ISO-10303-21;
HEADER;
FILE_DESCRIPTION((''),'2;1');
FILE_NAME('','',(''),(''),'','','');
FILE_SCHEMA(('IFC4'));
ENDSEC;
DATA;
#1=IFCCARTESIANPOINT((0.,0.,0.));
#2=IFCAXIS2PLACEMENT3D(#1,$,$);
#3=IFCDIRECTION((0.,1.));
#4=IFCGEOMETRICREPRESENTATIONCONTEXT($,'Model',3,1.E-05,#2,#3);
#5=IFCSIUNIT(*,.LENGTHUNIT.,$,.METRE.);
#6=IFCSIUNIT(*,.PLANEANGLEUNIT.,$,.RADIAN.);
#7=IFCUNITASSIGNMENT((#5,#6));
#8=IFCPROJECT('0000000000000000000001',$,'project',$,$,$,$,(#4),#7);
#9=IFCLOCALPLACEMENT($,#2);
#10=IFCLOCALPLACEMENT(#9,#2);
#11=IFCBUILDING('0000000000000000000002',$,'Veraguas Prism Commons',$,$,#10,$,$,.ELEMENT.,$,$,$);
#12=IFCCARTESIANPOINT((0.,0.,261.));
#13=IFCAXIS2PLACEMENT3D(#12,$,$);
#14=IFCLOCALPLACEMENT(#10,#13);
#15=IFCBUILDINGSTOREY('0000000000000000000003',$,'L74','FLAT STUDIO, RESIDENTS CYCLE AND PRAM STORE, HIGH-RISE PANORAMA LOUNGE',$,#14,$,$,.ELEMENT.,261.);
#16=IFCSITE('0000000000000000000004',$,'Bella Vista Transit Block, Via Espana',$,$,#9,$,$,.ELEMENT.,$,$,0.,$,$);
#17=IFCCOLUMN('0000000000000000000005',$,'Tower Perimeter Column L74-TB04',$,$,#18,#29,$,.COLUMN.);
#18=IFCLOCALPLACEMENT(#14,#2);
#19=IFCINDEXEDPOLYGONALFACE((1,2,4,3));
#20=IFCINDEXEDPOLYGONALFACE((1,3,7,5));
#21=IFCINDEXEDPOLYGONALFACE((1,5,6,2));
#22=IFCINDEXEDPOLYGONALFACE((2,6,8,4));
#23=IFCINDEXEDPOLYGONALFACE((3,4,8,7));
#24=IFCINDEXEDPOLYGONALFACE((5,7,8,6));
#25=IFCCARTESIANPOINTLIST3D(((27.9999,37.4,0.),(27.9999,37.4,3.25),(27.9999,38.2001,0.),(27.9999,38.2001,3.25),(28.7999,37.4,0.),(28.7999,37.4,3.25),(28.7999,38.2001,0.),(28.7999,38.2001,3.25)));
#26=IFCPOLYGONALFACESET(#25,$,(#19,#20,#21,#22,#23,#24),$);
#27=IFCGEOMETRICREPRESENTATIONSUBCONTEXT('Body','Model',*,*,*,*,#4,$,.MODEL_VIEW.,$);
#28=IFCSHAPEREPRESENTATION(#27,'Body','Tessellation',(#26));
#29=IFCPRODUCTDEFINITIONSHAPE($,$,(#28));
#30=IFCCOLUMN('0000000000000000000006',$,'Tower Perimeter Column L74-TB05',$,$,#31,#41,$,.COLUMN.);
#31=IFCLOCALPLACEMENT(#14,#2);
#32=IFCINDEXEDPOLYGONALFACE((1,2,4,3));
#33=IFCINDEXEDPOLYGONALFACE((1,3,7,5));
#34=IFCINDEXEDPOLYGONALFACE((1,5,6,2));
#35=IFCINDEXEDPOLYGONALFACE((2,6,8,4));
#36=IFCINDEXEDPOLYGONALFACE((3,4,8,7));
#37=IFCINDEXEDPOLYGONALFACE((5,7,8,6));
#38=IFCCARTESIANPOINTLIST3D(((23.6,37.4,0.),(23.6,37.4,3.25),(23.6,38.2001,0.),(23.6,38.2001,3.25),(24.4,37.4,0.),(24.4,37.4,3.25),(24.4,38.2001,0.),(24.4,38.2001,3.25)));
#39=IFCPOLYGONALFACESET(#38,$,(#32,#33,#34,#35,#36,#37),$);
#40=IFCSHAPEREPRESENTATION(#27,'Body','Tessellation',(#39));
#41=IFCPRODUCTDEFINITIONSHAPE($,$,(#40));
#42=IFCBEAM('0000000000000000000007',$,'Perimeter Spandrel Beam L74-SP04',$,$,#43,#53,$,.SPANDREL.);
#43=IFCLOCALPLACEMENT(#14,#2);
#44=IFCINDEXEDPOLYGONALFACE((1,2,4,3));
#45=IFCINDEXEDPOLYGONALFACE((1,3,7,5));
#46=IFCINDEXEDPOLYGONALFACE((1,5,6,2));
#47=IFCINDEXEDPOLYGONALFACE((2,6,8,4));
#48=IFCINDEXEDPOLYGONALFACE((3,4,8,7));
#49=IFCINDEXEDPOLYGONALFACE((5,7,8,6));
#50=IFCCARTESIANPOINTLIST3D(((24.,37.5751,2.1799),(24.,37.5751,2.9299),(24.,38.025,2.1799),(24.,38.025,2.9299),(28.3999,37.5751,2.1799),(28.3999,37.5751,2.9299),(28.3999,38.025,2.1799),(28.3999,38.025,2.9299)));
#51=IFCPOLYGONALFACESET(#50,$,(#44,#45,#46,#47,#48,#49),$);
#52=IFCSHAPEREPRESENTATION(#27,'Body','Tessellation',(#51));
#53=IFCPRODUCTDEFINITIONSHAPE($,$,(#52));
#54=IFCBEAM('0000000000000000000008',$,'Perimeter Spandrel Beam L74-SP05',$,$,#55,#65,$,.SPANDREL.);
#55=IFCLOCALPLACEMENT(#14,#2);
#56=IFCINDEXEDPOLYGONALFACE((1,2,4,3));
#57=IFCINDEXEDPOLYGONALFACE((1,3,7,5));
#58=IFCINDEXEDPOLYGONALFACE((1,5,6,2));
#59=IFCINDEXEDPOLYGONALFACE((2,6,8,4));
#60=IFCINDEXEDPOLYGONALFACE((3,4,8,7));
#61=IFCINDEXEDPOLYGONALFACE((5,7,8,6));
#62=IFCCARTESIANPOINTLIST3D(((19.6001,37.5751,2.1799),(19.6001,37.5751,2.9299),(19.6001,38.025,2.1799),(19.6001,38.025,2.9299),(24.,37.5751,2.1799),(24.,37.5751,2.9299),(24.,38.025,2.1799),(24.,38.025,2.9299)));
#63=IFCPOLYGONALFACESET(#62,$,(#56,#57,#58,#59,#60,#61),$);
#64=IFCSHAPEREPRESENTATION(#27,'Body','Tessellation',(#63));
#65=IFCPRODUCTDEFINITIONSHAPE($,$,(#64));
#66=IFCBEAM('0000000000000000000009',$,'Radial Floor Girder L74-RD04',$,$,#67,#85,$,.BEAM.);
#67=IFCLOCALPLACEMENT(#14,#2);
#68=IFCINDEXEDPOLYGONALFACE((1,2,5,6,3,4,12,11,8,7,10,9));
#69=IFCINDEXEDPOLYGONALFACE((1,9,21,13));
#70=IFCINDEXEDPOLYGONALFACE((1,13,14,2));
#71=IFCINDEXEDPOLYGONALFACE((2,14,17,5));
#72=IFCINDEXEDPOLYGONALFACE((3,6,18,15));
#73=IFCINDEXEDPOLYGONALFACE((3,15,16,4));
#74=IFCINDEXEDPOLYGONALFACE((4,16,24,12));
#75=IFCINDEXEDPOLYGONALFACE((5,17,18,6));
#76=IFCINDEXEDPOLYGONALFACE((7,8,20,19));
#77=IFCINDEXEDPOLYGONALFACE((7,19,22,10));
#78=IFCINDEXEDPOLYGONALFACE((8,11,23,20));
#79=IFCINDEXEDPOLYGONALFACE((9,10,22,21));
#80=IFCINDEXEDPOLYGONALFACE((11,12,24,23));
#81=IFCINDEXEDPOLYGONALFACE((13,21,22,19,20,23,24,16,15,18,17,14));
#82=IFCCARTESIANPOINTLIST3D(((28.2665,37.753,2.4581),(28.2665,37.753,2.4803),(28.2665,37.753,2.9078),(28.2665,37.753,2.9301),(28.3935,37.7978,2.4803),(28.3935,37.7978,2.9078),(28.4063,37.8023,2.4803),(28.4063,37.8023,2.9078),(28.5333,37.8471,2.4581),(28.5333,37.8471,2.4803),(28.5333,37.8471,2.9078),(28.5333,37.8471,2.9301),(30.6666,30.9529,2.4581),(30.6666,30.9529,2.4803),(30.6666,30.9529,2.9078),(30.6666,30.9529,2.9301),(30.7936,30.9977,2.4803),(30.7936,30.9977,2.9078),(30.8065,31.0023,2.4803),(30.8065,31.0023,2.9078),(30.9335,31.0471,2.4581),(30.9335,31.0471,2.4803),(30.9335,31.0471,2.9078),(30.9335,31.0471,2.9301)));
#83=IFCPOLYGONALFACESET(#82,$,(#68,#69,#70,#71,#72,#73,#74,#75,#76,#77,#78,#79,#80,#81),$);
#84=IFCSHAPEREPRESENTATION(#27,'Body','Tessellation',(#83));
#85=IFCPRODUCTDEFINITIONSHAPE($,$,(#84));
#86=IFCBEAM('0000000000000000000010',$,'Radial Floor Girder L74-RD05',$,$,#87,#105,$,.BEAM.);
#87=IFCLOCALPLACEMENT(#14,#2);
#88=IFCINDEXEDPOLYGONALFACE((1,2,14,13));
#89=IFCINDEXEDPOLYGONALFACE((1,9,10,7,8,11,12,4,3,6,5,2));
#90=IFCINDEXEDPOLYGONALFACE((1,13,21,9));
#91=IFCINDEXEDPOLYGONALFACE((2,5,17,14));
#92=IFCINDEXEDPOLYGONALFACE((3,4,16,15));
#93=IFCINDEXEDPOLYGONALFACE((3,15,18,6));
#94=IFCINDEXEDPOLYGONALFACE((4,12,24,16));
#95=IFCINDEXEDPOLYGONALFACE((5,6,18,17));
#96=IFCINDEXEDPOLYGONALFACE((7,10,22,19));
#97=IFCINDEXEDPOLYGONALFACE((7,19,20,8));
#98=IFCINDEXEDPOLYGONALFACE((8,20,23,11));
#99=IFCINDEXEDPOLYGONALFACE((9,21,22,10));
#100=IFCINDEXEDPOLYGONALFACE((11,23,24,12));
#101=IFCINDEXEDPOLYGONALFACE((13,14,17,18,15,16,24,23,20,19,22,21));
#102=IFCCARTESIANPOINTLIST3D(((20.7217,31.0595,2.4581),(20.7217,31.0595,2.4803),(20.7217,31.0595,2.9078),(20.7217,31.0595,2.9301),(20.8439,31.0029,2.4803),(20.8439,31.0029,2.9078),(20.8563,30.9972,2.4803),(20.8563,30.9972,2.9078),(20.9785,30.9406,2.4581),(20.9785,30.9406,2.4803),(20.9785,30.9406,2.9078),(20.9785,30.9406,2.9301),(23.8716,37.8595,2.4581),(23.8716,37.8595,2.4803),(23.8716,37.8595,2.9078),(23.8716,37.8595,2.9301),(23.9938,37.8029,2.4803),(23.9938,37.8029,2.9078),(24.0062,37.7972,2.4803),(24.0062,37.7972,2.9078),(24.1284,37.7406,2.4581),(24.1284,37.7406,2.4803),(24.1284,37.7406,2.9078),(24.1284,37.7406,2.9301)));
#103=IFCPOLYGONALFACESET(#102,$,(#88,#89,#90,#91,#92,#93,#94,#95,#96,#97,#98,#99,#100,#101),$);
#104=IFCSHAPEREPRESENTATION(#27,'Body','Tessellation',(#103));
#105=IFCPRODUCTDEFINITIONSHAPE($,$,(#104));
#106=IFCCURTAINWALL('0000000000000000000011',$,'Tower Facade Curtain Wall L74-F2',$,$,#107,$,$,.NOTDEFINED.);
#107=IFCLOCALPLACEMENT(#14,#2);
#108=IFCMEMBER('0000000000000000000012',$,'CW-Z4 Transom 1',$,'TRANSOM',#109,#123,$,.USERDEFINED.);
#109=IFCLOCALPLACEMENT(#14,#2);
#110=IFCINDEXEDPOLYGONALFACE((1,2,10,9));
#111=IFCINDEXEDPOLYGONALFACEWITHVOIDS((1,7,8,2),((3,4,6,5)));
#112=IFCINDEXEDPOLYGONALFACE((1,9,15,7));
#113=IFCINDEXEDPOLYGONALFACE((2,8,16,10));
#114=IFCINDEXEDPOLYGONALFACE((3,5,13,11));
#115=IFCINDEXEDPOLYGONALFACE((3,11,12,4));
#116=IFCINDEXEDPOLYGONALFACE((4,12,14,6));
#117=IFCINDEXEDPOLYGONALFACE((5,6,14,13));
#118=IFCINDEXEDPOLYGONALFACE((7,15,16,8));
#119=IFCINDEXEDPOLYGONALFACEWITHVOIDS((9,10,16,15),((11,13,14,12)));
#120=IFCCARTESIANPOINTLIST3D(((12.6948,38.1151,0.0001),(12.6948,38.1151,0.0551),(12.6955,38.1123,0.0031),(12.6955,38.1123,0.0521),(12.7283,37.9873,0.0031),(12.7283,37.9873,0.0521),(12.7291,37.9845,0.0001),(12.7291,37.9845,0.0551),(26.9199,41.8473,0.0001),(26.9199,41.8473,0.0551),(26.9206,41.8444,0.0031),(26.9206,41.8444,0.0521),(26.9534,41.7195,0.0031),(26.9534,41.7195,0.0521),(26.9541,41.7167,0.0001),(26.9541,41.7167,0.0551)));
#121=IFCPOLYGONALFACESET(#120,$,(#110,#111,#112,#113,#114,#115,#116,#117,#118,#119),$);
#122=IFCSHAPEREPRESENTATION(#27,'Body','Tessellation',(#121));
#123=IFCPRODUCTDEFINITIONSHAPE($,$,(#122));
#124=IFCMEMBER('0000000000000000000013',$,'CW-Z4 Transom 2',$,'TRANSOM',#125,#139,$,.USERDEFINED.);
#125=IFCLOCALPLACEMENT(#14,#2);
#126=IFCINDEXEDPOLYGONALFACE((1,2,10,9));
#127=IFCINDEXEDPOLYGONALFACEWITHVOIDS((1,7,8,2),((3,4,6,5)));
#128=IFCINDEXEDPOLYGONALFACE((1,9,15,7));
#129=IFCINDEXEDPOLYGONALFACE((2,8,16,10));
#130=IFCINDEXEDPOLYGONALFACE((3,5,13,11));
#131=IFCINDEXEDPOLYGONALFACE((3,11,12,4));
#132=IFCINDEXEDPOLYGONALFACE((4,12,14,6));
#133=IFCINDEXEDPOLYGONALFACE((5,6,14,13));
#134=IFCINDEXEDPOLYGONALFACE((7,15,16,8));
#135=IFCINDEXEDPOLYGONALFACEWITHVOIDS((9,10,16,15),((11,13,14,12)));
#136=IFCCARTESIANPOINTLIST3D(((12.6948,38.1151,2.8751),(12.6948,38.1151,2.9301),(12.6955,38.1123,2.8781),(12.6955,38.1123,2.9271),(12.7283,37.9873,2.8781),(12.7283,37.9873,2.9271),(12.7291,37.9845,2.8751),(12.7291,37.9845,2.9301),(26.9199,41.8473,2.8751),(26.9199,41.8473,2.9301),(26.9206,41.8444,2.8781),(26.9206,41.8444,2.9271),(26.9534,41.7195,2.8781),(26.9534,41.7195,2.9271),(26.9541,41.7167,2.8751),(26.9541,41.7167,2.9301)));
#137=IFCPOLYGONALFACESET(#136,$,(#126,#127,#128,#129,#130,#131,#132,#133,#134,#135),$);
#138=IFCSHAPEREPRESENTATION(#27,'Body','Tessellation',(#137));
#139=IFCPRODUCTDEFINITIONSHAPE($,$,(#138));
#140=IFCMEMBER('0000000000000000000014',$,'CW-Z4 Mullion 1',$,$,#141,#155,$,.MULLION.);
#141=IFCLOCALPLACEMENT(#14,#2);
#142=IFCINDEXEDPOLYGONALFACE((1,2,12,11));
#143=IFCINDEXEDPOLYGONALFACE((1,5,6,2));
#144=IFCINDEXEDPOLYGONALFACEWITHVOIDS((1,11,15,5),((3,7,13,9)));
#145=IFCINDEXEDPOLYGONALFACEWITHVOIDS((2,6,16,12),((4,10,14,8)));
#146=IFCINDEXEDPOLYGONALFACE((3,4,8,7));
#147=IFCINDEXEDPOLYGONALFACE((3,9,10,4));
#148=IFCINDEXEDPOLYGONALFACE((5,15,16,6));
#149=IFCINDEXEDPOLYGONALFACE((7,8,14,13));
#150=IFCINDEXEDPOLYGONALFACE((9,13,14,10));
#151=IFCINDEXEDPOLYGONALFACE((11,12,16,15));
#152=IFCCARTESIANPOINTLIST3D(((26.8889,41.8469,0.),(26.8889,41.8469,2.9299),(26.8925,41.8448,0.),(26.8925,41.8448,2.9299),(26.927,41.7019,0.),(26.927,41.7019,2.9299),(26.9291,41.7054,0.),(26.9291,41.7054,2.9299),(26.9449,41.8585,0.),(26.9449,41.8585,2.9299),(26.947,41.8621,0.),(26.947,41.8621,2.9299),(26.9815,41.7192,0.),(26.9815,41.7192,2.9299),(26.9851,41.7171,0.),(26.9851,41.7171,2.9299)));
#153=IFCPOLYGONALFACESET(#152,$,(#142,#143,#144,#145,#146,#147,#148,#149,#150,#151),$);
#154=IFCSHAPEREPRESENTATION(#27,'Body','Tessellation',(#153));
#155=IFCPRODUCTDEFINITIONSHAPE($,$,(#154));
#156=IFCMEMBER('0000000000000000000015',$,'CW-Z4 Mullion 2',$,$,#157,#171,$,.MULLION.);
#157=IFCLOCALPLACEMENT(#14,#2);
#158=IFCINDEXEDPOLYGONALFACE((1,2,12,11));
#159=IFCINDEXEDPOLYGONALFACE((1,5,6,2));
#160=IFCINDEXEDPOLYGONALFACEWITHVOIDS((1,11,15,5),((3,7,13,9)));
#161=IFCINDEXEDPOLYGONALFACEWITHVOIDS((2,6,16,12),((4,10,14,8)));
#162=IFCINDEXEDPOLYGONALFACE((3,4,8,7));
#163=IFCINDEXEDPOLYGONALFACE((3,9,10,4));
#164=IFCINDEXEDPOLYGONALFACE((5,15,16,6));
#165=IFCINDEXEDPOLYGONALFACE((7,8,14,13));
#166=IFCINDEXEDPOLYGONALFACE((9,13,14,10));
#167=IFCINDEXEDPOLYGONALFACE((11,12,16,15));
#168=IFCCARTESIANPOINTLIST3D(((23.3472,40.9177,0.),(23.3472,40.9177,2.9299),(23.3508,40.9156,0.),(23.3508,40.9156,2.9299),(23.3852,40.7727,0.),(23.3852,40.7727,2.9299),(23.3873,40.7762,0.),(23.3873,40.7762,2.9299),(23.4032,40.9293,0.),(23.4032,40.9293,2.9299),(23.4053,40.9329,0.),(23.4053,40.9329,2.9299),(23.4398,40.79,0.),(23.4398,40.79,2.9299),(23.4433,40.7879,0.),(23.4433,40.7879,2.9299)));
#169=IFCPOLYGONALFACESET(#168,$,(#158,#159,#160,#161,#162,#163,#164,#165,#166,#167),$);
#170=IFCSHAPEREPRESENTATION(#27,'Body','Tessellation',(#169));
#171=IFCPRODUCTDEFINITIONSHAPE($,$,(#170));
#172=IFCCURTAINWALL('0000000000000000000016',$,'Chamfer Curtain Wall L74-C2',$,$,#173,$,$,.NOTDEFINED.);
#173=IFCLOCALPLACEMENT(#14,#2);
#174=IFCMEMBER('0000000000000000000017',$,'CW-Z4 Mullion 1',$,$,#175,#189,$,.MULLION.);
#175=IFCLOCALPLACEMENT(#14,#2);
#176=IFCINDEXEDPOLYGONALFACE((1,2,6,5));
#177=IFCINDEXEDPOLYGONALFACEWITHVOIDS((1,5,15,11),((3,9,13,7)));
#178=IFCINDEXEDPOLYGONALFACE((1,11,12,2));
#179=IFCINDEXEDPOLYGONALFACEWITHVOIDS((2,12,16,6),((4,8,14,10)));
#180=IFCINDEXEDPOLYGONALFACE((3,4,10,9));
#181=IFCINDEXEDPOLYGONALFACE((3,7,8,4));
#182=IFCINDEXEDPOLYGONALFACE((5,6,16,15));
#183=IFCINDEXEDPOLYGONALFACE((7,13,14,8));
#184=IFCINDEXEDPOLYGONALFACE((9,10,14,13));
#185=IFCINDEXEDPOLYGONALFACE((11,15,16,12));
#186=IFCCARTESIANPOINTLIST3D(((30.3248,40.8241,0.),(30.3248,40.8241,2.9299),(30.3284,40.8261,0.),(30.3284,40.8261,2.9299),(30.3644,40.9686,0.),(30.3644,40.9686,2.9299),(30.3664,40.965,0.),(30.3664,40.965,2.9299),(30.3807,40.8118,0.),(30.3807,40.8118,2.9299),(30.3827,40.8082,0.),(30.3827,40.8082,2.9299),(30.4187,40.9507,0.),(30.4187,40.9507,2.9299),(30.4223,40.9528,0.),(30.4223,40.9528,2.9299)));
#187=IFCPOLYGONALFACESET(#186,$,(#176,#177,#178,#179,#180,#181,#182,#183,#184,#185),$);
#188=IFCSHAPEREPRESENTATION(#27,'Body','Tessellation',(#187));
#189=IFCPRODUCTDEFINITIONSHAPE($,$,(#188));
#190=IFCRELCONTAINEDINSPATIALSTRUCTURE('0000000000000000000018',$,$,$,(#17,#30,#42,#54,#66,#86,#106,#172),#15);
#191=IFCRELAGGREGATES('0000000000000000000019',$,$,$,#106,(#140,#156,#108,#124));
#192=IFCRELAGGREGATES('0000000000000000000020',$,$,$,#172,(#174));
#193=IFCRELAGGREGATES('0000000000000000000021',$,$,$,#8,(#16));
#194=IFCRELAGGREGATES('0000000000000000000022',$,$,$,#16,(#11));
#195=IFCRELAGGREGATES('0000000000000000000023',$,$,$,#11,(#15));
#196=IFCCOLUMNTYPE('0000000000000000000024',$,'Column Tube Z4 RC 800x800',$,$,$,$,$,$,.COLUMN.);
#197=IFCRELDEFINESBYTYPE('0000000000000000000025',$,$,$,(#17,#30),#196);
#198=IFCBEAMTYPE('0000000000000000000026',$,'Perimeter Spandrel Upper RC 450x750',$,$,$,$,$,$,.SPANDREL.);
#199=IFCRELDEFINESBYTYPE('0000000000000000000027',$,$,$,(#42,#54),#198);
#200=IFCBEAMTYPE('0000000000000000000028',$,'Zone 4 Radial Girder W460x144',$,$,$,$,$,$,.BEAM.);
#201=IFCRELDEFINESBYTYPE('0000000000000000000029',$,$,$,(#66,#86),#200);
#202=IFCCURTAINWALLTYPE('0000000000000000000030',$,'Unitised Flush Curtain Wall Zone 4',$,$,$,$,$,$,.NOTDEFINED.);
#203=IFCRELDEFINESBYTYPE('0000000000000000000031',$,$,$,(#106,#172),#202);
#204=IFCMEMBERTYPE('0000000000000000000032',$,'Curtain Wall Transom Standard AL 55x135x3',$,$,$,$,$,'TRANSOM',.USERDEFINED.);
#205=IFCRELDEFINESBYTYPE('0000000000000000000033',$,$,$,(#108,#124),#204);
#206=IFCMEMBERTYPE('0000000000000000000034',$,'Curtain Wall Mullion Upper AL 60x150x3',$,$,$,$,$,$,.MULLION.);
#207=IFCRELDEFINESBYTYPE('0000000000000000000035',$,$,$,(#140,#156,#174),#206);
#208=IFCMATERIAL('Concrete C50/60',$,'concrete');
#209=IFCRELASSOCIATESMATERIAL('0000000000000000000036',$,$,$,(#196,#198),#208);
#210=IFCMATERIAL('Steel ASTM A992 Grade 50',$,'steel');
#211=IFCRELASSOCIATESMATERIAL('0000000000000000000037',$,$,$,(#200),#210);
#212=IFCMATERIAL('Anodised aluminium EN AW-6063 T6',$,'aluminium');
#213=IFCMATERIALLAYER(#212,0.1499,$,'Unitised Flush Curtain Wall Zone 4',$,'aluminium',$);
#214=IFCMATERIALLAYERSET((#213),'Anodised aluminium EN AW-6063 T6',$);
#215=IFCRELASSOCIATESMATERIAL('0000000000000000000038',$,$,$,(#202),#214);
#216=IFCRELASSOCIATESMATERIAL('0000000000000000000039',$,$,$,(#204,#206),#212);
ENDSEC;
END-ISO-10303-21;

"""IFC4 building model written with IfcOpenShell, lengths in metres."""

from ifc_helpers import new_model, si_unit, direction, frame, origin, origin_2d, place, context, subcontext, project, spatial, rectangle, hollow_rectangle, i_section, extrude, source, transform, mapped, material, layer, layer_set, material_profile, profile_set, type_object, element, aggregate, save


model = new_model("IFC4")

# Units and contexts
model_context = context("Model", 3, precision=1e-05, world=origin(), true_north=direction((0.0, 1.0)))
body_context = subcontext(model_context, "Body", "Model", "MODEL_VIEW")
ifc_project = project(units=[si_unit("LENGTHUNIT", "METRE"), si_unit("PLANEANGLEUNIT", "RADIAN")], contexts=[model_context])

# Site, building, storey
site_placement = place(None, origin())
site = spatial("IfcSite", under=ifc_project, at=site_placement, Name="Bella Vista Transit Block, Via Espana", CompositionType="ELEMENT", RefElevation=0.0)
building_placement = place(site_placement, origin())
building = spatial("IfcBuilding", under=site, at=building_placement, Name="Veraguas Prism Commons", CompositionType="ELEMENT")
storey_placement = place(building_placement, frame((0.0, 0.0, 261.0)))
storey = spatial("IfcBuildingStorey", under=building, at=storey_placement, Name="L74", Description="FLAT STUDIO, RESIDENTS CYCLE AND PRAM STORE, HIGH-RISE PANORAMA LOUNGE", CompositionType="ELEMENT", Elevation=261.0)

# Columns
ifc_material_1 = material(Name="Concrete C50/60", Category="concrete")
ifc_material_profile_1 = material_profile(ifc_material_1, rectangle(XDim=0.8, YDim=0.8, at=origin_2d()), Name="RC800X800")
ifc_profile_set_1 = profile_set([ifc_material_profile_1], Name="Concrete C50/60")
column_type = type_object("IfcColumnType", Name="Column Tube Z4 RC 800x800", PredefinedType="COLUMN", material=ifc_profile_set_1)
for number, where, z_axis, x_axis, name in (
    (1, (28.3999, 37.8, 0.0), (0.0, 0.0, 1.0), (1.0, 0.0, 0.0), "Tower Perimeter Column L74-TB04"),
    (2, (24.0, 37.8, 0.0), (0.0, 0.0, 1.0), (1.0, 0.0, 0.0), "Tower Perimeter Column L74-TB05"),
):
    element("IfcColumn", number, at=place(storey_placement, frame(where, z_axis=z_axis, x_axis=x_axis)), inside=storey, type_object=column_type, Name=name, PredefinedType="COLUMN", context=body_context, shape_type="SweptSolid", body=[
        extrude(rectangle(XDim=0.8, YDim=0.8, at=origin_2d()), origin(), (0.0, 0.0, 1.0), 3.25),
    ])

# Beams
ifc_material_profile_2 = material_profile(ifc_material_1, rectangle(XDim=0.45, YDim=0.75, at=origin_2d()), Name="RC450X750")
ifc_profile_set_2 = profile_set([ifc_material_profile_2], Name="Concrete C50/60")
beam_type_1 = type_object("IfcBeamType", Name="Perimeter Spandrel Upper RC 450x750", PredefinedType="SPANDREL", material=ifc_profile_set_2)
for number, where, z_axis, x_axis, name in (
    (3, (28.3999, 37.8, 2.5549), (-1.0, 0.0, 0.0), (0.0, -1.0, 0.0), "Perimeter Spandrel Beam L74-SP04"),
    (4, (24.0, 37.8, 2.5549), (-1.0, 0.0, 0.0), (0.0, -1.0, 0.0), "Perimeter Spandrel Beam L74-SP05"),
):
    element("IfcBeam", number, at=place(storey_placement, frame(where, z_axis=z_axis, x_axis=x_axis)), inside=storey, type_object=beam_type_1, Name=name, PredefinedType="SPANDREL", context=body_context, shape_type="SweptSolid", body=[
        extrude(rectangle(XDim=0.45, YDim=0.75, at=origin_2d()), origin(), (0.0, 0.0, 1.0), 4.3999),
    ])
ifc_material_2 = material(Name="Steel ASTM A992 Grade 50", Category="steel")
ifc_material_profile_3 = material_profile(ifc_material_2, i_section(OverallWidth=0.283, OverallDepth=0.4719, WebThickness=0.0137, FlangeThickness=0.0222, at=origin_2d()), Name="W460X144")
ifc_profile_set_3 = profile_set([ifc_material_profile_3], Name="Steel ASTM A992 Grade 50")
beam_type_2 = type_object("IfcBeamType", Name="Zone 4 Radial Girder W460x144", PredefinedType="BEAM", material=ifc_profile_set_3)
beam_1_placement = place(storey_placement, frame((28.3999, 37.8, 2.6941), z_axis=(0.332836, -0.942985, 0.0), x_axis=(0.942985, 0.332836, 0.0)))
element("IfcBeam", 5, at=beam_1_placement, inside=storey, type_object=beam_type_2, Name="Radial Floor Girder L74-RD04", PredefinedType="BEAM", context=body_context, shape_type="SweptSolid", body=[
    extrude(i_section(OverallWidth=0.283, OverallDepth=0.4719, WebThickness=0.0137, FlangeThickness=0.0222, at=origin_2d()), origin(), (0.0, 0.0, 1.0), 7.2112),
])
beam_2_placement = place(storey_placement, frame((24.0, 37.8, 2.6941), z_axis=(-0.420314, -0.907379, 0.0), x_axis=(0.907379, -0.420314, 0.0)))
element("IfcBeam", 6, at=beam_2_placement, inside=storey, type_object=beam_type_2, Name="Radial Floor Girder L74-RD05", PredefinedType="BEAM", context=body_context, shape_type="SweptSolid", body=[
    extrude(i_section(OverallWidth=0.283, OverallDepth=0.4719, WebThickness=0.0137, FlangeThickness=0.0222, at=origin_2d()), origin(), (0.0, 0.0, 1.0), 7.4941),
])

# Curtain walls, members
ifc_material_3 = material(Name="Anodised aluminium EN AW-6063 T6", Category="aluminium")
ifc_layer_1 = layer(ifc_material_3, 0.1499, Name="Unitised Flush Curtain Wall Zone 4", Category="aluminium")
ifc_layer_set_1 = layer_set([ifc_layer_1], Name="Anodised aluminium EN AW-6063 T6")
curtain_wall_type = type_object("IfcCurtainWallType", Name="Unitised Flush Curtain Wall Zone 4", PredefinedType="NOTDEFINED", material=ifc_layer_set_1)
curtain_wall_1_placement = place(storey_placement, origin())
curtain_wall_1 = element("IfcCurtainWall", 7, at=curtain_wall_1_placement, inside=storey, type_object=curtain_wall_type, Name="Tower Facade Curtain Wall L74-F2", PredefinedType="NOTDEFINED")
ifc_material_profile_4 = material_profile(ifc_material_3, hollow_rectangle(XDim=0.0549, YDim=0.135, WallThickness=0.0029, at=origin_2d()), Name="AL55X135X3")
ifc_profile_set_4 = profile_set([ifc_material_profile_4], Name="Anodised aluminium EN AW-6063 T6")
member_type_1 = type_object("IfcMemberType", Name="Curtain Wall Transom Standard AL 55x135x3", ElementType="TRANSOM", PredefinedType="USERDEFINED", material=ifc_profile_set_4)
shared_shape_1 = source(origin(), body_context, "Body", "SweptSolid", [
    extrude(hollow_rectangle(XDim=0.0549, YDim=0.135, WallThickness=0.0029, at=origin_2d()), origin(), (0.0, 0.0, 1.0), 14.7065),
])
member_1_placement = place(storey_placement, frame((26.937, 41.782, 0.0276), z_axis=(-0.967263, -0.253777, 0.0), x_axis=(0.0, 0.0, 1.0)))
member_1 = element("IfcMember", 8, at=member_1_placement, type_object=member_type_1, Name="CW-Z4 Transom 1", ObjectType="TRANSOM", PredefinedType="USERDEFINED", context=body_context, shape_type="MappedRepresentation", body=[
    mapped(shared_shape_1, transform((0.0, 0.0, 0.0), scale=1.0)),
])
member_2_placement = place(storey_placement, frame((26.937, 41.782, 2.9026), z_axis=(-0.967263, -0.253777, 0.0), x_axis=(0.0, 0.0, 1.0)))
member_2 = element("IfcMember", 9, at=member_2_placement, type_object=member_type_1, Name="CW-Z4 Transom 2", ObjectType="TRANSOM", PredefinedType="USERDEFINED", context=body_context, shape_type="MappedRepresentation", body=[
    mapped(shared_shape_1, transform((0.0, 0.0, 0.0), scale=1.0)),
])
ifc_material_profile_5 = material_profile(ifc_material_3, hollow_rectangle(XDim=0.0601, YDim=0.1499, WallThickness=0.0029, at=origin_2d()), Name="AL60X150X3")
ifc_profile_set_5 = profile_set([ifc_material_profile_5], Name="Anodised aluminium EN AW-6063 T6")
member_type_2 = type_object("IfcMemberType", Name="Curtain Wall Mullion Upper AL 60x150x3", PredefinedType="MULLION", material=ifc_profile_set_5)
shared_shape_2 = source(origin(), body_context, "Body", "SweptSolid", [
    extrude(hollow_rectangle(XDim=0.0601, YDim=0.1499, WallThickness=0.0029, at=origin_2d()), origin(), (0.0, 0.0, 1.0), 2.9299),
])
member_3_placement = place(storey_placement, frame((26.937, 41.782, 0.0), z_axis=(0.0, 0.0, 1.0), x_axis=(-0.967266, -0.253765, 0.0)))
member_3 = element("IfcMember", 10, at=member_3_placement, type_object=member_type_2, Name="CW-Z4 Mullion 1", PredefinedType="MULLION", context=body_context, shape_type="MappedRepresentation", body=[
    mapped(shared_shape_2, transform((0.0, 0.0, 0.0), scale=1.0)),
])
member_4_placement = place(storey_placement, frame((23.3953, 40.8528, 0.0), z_axis=(0.0, 0.0, 1.0), x_axis=(-0.967266, -0.253765, 0.0)))
member_4 = element("IfcMember", 11, at=member_4_placement, type_object=member_type_2, Name="CW-Z4 Mullion 2", PredefinedType="MULLION", context=body_context, shape_type="MappedRepresentation", body=[
    mapped(shared_shape_2, transform((0.0, 0.0, 0.0), scale=1.0)),
])
curtain_wall_2_placement = place(storey_placement, origin())
curtain_wall_2 = element("IfcCurtainWall", 12, at=curtain_wall_2_placement, inside=storey, type_object=curtain_wall_type, Name="Chamfer Curtain Wall L74-C2", PredefinedType="NOTDEFINED")
member_5_placement = place(storey_placement, frame((30.3735, 40.8884, 0.0), z_axis=(0.0, 0.0, 1.0), x_axis=(-0.964547, 0.263912, 0.0)))
member_5 = element("IfcMember", 13, at=member_5_placement, type_object=member_type_2, Name="CW-Z4 Mullion 1", PredefinedType="MULLION", context=body_context, shape_type="MappedRepresentation", body=[
    mapped(shared_shape_2, transform((0.0, 0.0, 0.0), scale=1.0)),
])

aggregate(curtain_wall_1, [member_3, member_4, member_1, member_2])
aggregate(curtain_wall_2, [member_5])

save(model, "model.ifc")
